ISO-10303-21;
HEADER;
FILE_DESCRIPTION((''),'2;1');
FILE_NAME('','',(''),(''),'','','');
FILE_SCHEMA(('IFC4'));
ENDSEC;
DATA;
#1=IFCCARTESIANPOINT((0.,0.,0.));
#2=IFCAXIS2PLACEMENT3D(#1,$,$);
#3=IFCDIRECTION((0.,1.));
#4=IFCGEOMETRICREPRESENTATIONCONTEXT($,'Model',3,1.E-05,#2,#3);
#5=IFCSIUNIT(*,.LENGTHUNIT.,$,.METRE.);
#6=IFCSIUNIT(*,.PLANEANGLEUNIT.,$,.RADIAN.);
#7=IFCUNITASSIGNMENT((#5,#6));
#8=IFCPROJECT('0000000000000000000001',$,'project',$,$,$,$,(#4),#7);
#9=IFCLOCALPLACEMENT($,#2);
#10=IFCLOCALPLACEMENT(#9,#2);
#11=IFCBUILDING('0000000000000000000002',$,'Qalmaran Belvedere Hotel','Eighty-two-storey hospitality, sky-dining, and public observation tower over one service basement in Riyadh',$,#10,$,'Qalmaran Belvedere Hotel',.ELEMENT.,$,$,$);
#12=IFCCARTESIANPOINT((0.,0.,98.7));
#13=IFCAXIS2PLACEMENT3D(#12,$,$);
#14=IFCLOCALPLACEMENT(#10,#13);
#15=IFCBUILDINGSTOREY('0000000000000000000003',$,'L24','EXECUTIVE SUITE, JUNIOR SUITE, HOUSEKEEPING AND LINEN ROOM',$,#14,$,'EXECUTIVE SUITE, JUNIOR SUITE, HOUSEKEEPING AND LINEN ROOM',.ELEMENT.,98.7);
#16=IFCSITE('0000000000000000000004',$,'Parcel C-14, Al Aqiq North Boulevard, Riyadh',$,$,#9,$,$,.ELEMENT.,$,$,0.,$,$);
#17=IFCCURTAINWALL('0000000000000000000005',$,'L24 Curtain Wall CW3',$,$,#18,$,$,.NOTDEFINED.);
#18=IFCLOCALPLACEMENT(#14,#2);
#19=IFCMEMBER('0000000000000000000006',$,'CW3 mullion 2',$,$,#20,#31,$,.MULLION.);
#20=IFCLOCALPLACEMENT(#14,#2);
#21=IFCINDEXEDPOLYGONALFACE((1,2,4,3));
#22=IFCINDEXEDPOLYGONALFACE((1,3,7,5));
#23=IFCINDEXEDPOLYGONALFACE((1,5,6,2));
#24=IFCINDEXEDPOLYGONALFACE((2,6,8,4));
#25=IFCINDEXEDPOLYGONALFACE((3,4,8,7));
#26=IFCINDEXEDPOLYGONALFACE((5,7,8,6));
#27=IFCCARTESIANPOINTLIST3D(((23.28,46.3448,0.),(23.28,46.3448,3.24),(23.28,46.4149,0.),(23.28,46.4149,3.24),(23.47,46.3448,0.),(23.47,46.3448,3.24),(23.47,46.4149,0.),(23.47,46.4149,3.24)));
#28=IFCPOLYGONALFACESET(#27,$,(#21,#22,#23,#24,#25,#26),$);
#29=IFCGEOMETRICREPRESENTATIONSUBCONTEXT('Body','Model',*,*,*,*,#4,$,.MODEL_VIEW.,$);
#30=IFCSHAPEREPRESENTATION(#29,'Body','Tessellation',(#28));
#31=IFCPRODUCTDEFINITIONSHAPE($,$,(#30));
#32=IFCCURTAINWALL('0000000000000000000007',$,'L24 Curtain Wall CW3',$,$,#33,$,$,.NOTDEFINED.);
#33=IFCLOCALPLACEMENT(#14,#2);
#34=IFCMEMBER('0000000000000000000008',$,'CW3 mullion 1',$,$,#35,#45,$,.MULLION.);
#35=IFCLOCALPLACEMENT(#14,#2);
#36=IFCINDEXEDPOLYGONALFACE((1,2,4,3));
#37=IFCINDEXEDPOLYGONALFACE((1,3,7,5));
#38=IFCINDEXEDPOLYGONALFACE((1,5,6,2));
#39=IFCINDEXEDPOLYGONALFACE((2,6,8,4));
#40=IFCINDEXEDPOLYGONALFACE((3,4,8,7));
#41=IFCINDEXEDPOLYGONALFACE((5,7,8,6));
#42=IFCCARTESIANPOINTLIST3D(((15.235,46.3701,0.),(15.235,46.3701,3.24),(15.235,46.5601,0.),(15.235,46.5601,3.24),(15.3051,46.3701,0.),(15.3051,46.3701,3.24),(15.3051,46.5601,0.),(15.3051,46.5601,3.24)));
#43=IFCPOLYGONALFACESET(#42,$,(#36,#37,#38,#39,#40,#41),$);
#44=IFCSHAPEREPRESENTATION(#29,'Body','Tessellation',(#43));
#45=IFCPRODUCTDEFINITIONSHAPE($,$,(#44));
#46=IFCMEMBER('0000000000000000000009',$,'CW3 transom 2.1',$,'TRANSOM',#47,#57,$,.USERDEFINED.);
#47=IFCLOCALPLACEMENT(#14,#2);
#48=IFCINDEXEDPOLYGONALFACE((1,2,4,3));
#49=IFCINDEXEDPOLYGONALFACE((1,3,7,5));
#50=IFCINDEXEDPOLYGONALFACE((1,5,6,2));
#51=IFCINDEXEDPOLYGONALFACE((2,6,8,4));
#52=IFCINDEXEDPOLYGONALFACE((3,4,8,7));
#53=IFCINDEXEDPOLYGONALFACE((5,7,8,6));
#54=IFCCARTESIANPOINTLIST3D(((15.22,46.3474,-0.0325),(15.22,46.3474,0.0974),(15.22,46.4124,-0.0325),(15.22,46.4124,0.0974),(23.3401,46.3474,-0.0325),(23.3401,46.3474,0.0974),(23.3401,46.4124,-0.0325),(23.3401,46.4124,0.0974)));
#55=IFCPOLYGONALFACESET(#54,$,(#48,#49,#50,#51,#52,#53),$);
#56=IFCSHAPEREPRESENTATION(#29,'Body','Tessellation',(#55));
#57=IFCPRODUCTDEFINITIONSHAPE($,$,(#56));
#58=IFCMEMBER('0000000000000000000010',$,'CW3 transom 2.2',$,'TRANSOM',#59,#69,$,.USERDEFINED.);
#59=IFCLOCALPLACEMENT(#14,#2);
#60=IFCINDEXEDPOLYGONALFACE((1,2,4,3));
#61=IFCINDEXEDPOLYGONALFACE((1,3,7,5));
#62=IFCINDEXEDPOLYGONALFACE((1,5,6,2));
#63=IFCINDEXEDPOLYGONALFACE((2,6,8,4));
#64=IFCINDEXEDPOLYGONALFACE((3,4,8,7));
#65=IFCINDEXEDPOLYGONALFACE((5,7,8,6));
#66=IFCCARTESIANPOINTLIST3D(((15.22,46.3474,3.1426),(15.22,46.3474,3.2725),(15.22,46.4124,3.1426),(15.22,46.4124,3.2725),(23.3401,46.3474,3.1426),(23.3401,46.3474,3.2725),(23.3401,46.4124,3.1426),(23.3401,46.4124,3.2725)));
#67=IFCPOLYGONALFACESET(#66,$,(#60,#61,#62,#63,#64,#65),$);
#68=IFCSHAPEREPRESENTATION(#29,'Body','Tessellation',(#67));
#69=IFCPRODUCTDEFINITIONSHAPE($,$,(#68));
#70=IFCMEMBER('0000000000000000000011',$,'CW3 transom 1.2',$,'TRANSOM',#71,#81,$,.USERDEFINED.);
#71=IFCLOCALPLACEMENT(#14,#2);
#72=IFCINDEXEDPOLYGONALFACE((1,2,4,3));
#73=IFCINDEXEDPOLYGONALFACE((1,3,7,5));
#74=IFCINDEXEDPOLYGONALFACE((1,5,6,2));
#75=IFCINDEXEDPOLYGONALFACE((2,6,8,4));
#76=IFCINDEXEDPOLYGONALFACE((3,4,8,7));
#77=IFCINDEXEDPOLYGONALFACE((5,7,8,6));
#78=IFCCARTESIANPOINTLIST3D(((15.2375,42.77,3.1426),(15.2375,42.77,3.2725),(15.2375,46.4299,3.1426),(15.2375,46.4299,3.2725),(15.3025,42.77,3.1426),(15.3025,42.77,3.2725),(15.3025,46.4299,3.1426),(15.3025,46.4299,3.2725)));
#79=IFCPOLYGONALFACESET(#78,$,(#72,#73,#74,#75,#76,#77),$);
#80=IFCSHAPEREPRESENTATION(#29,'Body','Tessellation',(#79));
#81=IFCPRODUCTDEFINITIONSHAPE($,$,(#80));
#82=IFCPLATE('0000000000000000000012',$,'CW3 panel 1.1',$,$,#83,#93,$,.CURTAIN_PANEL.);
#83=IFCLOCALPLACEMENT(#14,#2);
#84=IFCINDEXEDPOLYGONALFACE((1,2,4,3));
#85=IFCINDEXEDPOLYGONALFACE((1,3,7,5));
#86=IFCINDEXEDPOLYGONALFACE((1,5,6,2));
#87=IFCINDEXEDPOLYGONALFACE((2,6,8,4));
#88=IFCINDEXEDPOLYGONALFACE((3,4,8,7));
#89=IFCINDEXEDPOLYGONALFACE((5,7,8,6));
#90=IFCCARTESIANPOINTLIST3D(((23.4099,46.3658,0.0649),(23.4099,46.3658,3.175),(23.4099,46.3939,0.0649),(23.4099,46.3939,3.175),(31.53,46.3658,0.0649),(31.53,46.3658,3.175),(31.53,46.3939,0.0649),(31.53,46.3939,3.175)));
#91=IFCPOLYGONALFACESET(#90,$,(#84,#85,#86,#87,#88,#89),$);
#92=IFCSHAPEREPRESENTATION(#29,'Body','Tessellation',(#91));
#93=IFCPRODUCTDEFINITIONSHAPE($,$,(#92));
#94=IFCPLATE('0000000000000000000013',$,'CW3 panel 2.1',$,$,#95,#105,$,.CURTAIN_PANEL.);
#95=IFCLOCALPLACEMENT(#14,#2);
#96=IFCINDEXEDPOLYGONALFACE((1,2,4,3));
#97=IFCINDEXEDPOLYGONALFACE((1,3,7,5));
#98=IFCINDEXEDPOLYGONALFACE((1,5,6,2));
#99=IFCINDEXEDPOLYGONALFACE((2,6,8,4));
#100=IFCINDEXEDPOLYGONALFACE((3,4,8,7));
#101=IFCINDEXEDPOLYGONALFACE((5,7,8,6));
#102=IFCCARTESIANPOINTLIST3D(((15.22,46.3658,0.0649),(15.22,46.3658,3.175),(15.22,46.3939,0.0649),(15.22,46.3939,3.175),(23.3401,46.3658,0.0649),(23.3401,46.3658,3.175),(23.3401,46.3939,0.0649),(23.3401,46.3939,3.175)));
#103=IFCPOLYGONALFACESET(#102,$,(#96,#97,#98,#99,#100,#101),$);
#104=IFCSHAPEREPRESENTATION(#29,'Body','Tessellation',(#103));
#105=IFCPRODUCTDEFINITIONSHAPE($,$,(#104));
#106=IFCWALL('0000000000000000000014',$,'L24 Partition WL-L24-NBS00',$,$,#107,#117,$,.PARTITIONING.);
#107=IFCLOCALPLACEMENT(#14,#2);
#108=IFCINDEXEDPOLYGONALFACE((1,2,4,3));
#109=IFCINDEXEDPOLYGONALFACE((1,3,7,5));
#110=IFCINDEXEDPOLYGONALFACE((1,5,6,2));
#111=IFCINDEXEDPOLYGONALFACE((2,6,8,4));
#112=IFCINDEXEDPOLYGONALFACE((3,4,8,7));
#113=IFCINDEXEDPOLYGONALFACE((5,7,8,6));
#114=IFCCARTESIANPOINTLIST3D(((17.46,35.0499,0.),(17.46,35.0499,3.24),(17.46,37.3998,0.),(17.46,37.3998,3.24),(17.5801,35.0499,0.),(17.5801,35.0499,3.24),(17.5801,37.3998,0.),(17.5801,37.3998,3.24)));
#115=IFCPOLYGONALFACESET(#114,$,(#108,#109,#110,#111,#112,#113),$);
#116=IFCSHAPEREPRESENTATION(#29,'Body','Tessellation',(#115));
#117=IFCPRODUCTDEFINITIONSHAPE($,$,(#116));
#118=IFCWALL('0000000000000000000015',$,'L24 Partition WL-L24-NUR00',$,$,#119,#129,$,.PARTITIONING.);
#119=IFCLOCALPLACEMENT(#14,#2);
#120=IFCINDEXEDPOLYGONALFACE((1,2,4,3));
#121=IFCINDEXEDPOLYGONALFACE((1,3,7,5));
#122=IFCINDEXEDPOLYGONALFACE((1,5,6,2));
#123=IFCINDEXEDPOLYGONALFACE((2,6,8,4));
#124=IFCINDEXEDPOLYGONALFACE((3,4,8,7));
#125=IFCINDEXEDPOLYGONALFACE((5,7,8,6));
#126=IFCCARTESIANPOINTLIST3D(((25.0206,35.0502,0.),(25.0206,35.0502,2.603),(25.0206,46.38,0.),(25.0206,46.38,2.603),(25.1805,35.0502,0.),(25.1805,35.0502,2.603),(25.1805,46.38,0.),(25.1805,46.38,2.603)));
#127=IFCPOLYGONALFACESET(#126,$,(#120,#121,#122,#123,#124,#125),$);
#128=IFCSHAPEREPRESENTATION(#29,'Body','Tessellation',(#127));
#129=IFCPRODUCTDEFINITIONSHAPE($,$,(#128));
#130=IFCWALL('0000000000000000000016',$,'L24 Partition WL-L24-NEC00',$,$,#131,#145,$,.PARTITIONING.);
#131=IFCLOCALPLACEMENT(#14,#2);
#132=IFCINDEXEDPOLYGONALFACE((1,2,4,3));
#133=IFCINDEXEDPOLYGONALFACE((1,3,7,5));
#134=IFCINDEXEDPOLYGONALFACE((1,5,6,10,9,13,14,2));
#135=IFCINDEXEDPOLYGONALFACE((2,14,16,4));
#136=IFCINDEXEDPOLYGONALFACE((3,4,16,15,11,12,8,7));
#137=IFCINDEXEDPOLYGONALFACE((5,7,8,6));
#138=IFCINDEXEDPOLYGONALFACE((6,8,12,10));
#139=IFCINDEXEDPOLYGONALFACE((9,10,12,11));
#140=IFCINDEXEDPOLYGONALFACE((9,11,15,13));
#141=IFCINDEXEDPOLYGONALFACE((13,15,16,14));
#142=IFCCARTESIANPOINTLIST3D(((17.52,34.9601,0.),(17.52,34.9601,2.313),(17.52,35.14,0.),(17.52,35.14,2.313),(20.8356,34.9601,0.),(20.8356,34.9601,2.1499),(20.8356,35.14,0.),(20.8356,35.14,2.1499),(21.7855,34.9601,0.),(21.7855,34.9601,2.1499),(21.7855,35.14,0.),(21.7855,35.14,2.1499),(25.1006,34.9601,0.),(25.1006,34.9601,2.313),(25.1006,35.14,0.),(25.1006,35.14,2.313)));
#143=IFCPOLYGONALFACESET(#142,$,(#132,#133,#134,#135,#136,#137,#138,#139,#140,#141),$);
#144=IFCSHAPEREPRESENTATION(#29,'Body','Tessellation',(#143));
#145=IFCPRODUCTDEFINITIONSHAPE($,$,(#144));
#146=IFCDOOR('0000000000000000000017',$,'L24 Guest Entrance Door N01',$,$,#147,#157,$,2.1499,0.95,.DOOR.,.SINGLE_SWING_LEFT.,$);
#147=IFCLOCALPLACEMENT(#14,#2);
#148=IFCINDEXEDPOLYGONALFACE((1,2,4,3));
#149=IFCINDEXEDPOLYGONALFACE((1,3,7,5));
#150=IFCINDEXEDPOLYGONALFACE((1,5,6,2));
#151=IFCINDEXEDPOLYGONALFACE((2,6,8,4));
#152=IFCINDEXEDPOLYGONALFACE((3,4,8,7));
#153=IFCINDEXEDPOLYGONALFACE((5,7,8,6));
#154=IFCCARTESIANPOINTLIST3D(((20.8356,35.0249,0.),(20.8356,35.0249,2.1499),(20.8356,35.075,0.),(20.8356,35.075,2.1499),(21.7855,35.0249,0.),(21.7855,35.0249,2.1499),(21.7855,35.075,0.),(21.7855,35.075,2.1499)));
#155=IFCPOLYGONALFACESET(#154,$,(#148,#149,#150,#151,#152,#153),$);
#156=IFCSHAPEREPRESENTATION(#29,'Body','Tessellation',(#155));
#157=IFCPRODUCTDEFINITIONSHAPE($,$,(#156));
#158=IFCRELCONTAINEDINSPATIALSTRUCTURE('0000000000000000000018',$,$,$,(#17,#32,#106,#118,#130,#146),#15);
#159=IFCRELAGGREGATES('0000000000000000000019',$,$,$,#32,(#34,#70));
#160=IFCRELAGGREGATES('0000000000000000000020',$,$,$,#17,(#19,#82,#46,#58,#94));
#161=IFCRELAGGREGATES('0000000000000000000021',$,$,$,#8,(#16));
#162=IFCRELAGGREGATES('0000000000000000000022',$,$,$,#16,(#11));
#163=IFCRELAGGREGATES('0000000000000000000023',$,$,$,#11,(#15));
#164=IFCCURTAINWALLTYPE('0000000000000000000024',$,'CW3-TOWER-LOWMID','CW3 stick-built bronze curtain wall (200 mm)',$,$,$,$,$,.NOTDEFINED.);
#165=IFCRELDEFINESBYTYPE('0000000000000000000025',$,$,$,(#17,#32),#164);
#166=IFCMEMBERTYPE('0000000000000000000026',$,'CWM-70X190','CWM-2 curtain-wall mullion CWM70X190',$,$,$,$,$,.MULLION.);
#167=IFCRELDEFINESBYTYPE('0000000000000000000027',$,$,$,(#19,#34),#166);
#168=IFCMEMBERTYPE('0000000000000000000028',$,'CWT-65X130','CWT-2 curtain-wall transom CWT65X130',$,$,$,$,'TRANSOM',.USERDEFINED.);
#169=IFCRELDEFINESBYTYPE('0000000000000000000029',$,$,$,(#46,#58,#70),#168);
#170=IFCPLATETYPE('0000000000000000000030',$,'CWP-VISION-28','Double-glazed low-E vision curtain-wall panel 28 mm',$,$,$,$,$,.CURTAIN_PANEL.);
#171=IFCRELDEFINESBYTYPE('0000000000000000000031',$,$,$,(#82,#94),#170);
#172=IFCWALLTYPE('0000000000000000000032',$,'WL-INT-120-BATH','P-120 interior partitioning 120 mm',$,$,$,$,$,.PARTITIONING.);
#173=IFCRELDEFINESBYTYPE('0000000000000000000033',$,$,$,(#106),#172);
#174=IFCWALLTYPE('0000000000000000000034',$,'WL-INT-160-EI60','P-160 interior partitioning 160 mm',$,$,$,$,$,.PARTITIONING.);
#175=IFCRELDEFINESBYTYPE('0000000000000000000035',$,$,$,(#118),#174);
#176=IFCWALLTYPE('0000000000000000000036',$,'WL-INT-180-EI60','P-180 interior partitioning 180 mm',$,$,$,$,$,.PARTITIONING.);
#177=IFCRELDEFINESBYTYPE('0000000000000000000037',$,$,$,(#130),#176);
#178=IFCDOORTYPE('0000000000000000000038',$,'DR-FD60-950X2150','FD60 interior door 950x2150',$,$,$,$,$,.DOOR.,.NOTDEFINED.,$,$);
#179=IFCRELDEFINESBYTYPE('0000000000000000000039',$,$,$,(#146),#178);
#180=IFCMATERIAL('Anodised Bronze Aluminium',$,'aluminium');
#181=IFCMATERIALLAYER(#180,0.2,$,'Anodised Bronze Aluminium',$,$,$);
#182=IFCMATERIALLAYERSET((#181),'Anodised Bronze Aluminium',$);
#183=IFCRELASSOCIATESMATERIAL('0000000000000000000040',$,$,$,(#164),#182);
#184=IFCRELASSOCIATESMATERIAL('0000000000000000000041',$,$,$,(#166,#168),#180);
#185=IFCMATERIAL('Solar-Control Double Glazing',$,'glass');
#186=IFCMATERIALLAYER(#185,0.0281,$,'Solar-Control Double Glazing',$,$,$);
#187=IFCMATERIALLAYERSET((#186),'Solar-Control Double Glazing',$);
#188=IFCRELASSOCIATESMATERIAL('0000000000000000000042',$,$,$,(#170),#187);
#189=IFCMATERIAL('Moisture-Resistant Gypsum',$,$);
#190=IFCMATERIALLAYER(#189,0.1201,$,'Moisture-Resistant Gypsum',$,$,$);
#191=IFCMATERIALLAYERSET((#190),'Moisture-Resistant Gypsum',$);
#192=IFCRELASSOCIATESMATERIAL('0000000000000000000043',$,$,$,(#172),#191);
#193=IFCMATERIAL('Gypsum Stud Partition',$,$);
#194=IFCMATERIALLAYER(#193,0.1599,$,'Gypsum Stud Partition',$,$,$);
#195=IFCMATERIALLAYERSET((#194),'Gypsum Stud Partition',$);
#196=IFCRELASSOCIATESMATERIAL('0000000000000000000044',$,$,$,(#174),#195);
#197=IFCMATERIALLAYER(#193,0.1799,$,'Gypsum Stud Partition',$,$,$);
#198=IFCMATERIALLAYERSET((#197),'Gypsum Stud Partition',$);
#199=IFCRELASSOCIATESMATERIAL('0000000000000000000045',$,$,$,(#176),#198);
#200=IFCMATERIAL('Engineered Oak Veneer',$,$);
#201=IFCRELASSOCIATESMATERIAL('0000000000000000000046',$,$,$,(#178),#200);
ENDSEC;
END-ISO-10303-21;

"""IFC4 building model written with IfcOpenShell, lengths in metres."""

from ifc_helpers import new_model, si_unit, direction, frame, frame_2d, origin, origin_2d, place, context, subcontext, project, spatial, rectangle, extrude, material, layer, layer_set, material_profile, profile_set, type_object, element, fill, aggregate, save


model = new_model("IFC4")

# Units and contexts
model_context = context("Model", 3, precision=1e-05, world=origin(), true_north=direction((0.0, 1.0)))
body_context = subcontext(model_context, "Body", "Model", "MODEL_VIEW")
ifc_project = project(units=[si_unit("LENGTHUNIT", "METRE"), si_unit("PLANEANGLEUNIT", "RADIAN")], contexts=[model_context])

# Site, building, storey
site_placement = place(None, origin())
site = spatial("IfcSite", under=ifc_project, at=site_placement, Name="Parcel C-14, Al Aqiq North Boulevard, Riyadh", CompositionType="ELEMENT", RefElevation=0.0)
building_placement = place(site_placement, origin())
building = spatial("IfcBuilding", under=site, at=building_placement, Name="Qalmaran Belvedere Hotel", Description="Eighty-two-storey hospitality, sky-dining, and public observation tower over one service basement in Riyadh", LongName="Qalmaran Belvedere Hotel", CompositionType="ELEMENT")
storey_placement = place(building_placement, frame((0.0, 0.0, 98.7)))
storey = spatial("IfcBuildingStorey", under=building, at=storey_placement, Name="L24", Description="EXECUTIVE SUITE, JUNIOR SUITE, HOUSEKEEPING AND LINEN ROOM", LongName="EXECUTIVE SUITE, JUNIOR SUITE, HOUSEKEEPING AND LINEN ROOM", CompositionType="ELEMENT", Elevation=98.7)

# Curtain walls, members
ifc_material_1 = material(Name="Anodised Bronze Aluminium", Category="aluminium")
ifc_layer_1 = layer(ifc_material_1, 0.2, Name="Anodised Bronze Aluminium")
ifc_layer_set_1 = layer_set([ifc_layer_1], Name="Anodised Bronze Aluminium")
curtain_wall_type = type_object("IfcCurtainWallType", Name="CW3-TOWER-LOWMID", Description="CW3 stick-built bronze curtain wall (200 mm)", PredefinedType="NOTDEFINED", material=ifc_layer_set_1)
curtain_wall_1_placement = place(storey_placement, origin())
curtain_wall_1 = element("IfcCurtainWall", 1, at=curtain_wall_1_placement, inside=storey, type_object=curtain_wall_type, Name="L24 Curtain Wall CW3", PredefinedType="NOTDEFINED")
ifc_material_profile_1 = material_profile(ifc_material_1, rectangle(XDim=0.0701, YDim=0.1899, at=origin_2d()), Name="CWM70X190")
ifc_profile_set_1 = profile_set([ifc_material_profile_1], Name="Anodised Bronze Aluminium")
member_type_1 = type_object("IfcMemberType", Name="CWM-70X190", Description="CWM-2 curtain-wall mullion CWM70X190", PredefinedType="MULLION", material=ifc_profile_set_1)
member_1_placement = place(storey_placement, frame((23.375, 46.3799, 0.0), z_axis=(0.0, 0.0, 1.0), x_axis=(0.0, -1.0, 0.0)))
member_1 = element("IfcMember", 2, at=member_1_placement, type_object=member_type_1, Name="CW3 mullion 2", PredefinedType="MULLION", context=body_context, shape_type="SweptSolid", body=[
    extrude(rectangle(XDim=0.0701, YDim=0.1899, at=origin_2d()), origin(), (0.0, 0.0, 1.0), 3.24),
])
curtain_wall_2_placement = place(storey_placement, origin())
curtain_wall_2 = element("IfcCurtainWall", 3, at=curtain_wall_2_placement, inside=storey, type_object=curtain_wall_type, Name="L24 Curtain Wall CW3", PredefinedType="NOTDEFINED")
member_2_placement = place(storey_placement, frame((15.27, 46.4651, 0.0), z_axis=(0.0, 0.0, 1.0), x_axis=(1.0, 0.0, 0.0)))
member_2 = element("IfcMember", 4, at=member_2_placement, type_object=member_type_1, Name="CW3 mullion 1", PredefinedType="MULLION", context=body_context, shape_type="SweptSolid", body=[
    extrude(rectangle(XDim=0.0701, YDim=0.1899, at=origin_2d()), origin(), (0.0, 0.0, 1.0), 3.24),
])

# Members
ifc_material_profile_2 = material_profile(ifc_material_1, rectangle(XDim=0.0649, YDim=0.1299, at=origin_2d()), Name="CWT65X130")
ifc_profile_set_2 = profile_set([ifc_material_profile_2], Name="Anodised Bronze Aluminium")
member_type_2 = type_object("IfcMemberType", Name="CWT-65X130", Description="CWT-2 curtain-wall transom CWT65X130", ElementType="TRANSOM", PredefinedType="USERDEFINED", material=ifc_profile_set_2)
member_3_placement = place(storey_placement, frame((23.3401, 46.3799, 0.0325), z_axis=(-1.0, 0.0, 0.0), x_axis=(0.0, -1.0, 0.0)))
member_3 = element("IfcMember", 5, at=member_3_placement, type_object=member_type_2, Name="CW3 transom 2.1", ObjectType="TRANSOM", PredefinedType="USERDEFINED", context=body_context, shape_type="SweptSolid", body=[
    extrude(rectangle(XDim=0.0649, YDim=0.1299, at=origin_2d()), origin(), (0.0, 0.0, 1.0), 8.1201),
])
member_4_placement = place(storey_placement, frame((23.3401, 46.3799, 3.2075), z_axis=(-1.0, 0.0, 0.0), x_axis=(0.0, -1.0, 0.0)))
member_4 = element("IfcMember", 6, at=member_4_placement, type_object=member_type_2, Name="CW3 transom 2.2", ObjectType="TRANSOM", PredefinedType="USERDEFINED", context=body_context, shape_type="SweptSolid", body=[
    extrude(rectangle(XDim=0.0649, YDim=0.1299, at=origin_2d()), origin(), (0.0, 0.0, 1.0), 8.1201),
])
member_5_placement = place(storey_placement, frame((15.27, 46.4299, 3.2075), z_axis=(0.0, -1.0, 0.0), x_axis=(1.0, 0.0, 0.0)))
member_5 = element("IfcMember", 7, at=member_5_placement, type_object=member_type_2, Name="CW3 transom 1.2", ObjectType="TRANSOM", PredefinedType="USERDEFINED", context=body_context, shape_type="SweptSolid", body=[
    extrude(rectangle(XDim=0.0649, YDim=0.1299, at=origin_2d()), origin(), (0.0, 0.0, 1.0), 3.6599),
])
aggregate(curtain_wall_2, [member_2, member_5])

# Plates
ifc_material_2 = material(Name="Solar-Control Double Glazing", Category="glass")
ifc_layer_2 = layer(ifc_material_2, 0.0281, Name="Solar-Control Double Glazing")
ifc_layer_set_2 = layer_set([ifc_layer_2], Name="Solar-Control Double Glazing")
plate_type = type_object("IfcPlateType", Name="CWP-VISION-28", Description="Double-glazed low-E vision curtain-wall panel 28 mm", PredefinedType="CURTAIN_PANEL", material=ifc_layer_set_2)
plate_1_placement = place(storey_placement, frame((27.47, 46.3799, 0.0649), z_axis=(0.0, 0.0, 1.0), x_axis=(-1.0, 0.0, 0.0)))
plate_1 = element("IfcPlate", 8, at=plate_1_placement, type_object=plate_type, Name="CW3 panel 1.1", PredefinedType="CURTAIN_PANEL", context=body_context, shape_type="SweptSolid", body=[
    extrude(rectangle(XDim=8.1201, YDim=0.0281, at=origin_2d()), origin(), (0.0, 0.0, 1.0), 3.1101),
])
plate_2_placement = place(storey_placement, frame((19.28, 46.3799, 0.0649), z_axis=(0.0, 0.0, 1.0), x_axis=(-1.0, 0.0, 0.0)))
plate_2 = element("IfcPlate", 9, at=plate_2_placement, type_object=plate_type, Name="CW3 panel 2.1", PredefinedType="CURTAIN_PANEL", context=body_context, shape_type="SweptSolid", body=[
    extrude(rectangle(XDim=8.1201, YDim=0.0281, at=origin_2d()), origin(), (0.0, 0.0, 1.0), 3.1101),
])
aggregate(curtain_wall_1, [member_1, plate_1, member_3, member_4, plate_2])

# Walls
ifc_material_3 = material(Name="Moisture-Resistant Gypsum")
ifc_layer_3 = layer(ifc_material_3, 0.1201, Name="Moisture-Resistant Gypsum")
ifc_layer_set_3 = layer_set([ifc_layer_3], Name="Moisture-Resistant Gypsum")
wall_type_1 = type_object("IfcWallType", Name="WL-INT-120-BATH", Description="P-120 interior partitioning 120 mm", PredefinedType="PARTITIONING", material=ifc_layer_set_3)
wall_1_placement = place(storey_placement, frame((17.52, 35.05, 0.0), z_axis=(0.0, 0.0, 1.0), x_axis=(0.0, 1.0, 0.0)))
element("IfcWall", 10, at=wall_1_placement, inside=storey, type_object=wall_type_1, Name="L24 Partition WL-L24-NBS00", PredefinedType="PARTITIONING", context=body_context, shape_type="SweptSolid", body=[
    extrude(rectangle(XDim=2.3499, YDim=0.1201, at=frame_2d((1.1748, 0.0))), origin(), (0.0, 0.0, 1.0), 3.24),
])
ifc_material_4 = material(Name="Gypsum Stud Partition")
ifc_layer_4 = layer(ifc_material_4, 0.1599, Name="Gypsum Stud Partition")
ifc_layer_set_4 = layer_set([ifc_layer_4], Name="Gypsum Stud Partition")
wall_type_2 = type_object("IfcWallType", Name="WL-INT-160-EI60", Description="P-160 interior partitioning 160 mm", PredefinedType="PARTITIONING", material=ifc_layer_set_4)
wall_2_placement = place(storey_placement, frame((25.1006, 35.05, 0.0), z_axis=(0.0, 0.0, 1.0), x_axis=(0.0, 1.0, 0.0)))
element("IfcWall", 11, at=wall_2_placement, inside=storey, type_object=wall_type_2, Name="L24 Partition WL-L24-NUR00", PredefinedType="PARTITIONING", context=body_context, shape_type="SweptSolid", body=[
    extrude(rectangle(XDim=11.3298, YDim=0.1599, at=frame_2d((5.665, 0.0))), origin(), (0.0, 0.0, 1.0), 2.603),
])

# Wall, opening, door
ifc_layer_5 = layer(ifc_material_4, 0.1799, Name="Gypsum Stud Partition")
ifc_layer_set_5 = layer_set([ifc_layer_5], Name="Gypsum Stud Partition")
wall_type_3 = type_object("IfcWallType", Name="WL-INT-180-EI60", Description="P-180 interior partitioning 180 mm", PredefinedType="PARTITIONING", material=ifc_layer_set_5)
wall_3_placement = place(storey_placement, frame((17.52, 35.05, 0.0), z_axis=(0.0, 0.0, 1.0), x_axis=(1.0, 0.0, 0.0)))
wall_3 = element("IfcWall", 12, at=wall_3_placement, inside=storey, type_object=wall_type_3, Name="L24 Partition WL-L24-NEC00", PredefinedType="PARTITIONING", context=body_context, shape_type="SweptSolid", body=[
    extrude(rectangle(XDim=7.5806, YDim=0.1799, at=frame_2d((3.7903, 0.0))), origin(), (0.0, 0.0, 1.0), 2.313),
])
opening_1_placement = place(wall_3_placement, frame((3.3154, 0.0, 0.0)))
opening_1 = element("IfcOpeningElement", 13, at=opening_1_placement, cuts=wall_3, PredefinedType="OPENING", context=body_context, shape_type="SweptSolid", body=[
    extrude(rectangle(XDim=0.95, YDim=2.1499, at=frame_2d((0.4751, 1.075))), frame((0.0, 0.1001, 0.0), z_axis=(0.0, -1.0, 0.0), x_axis=(1.0, 0.0, 0.0)), (0.0, 0.0, 1.0), 0.2),
])
ifc_material_5 = material(Name="Engineered Oak Veneer")
door_type = type_object("IfcDoorType", Name="DR-FD60-950X2150", Description="FD60 interior door 950x2150", OperationType="NOTDEFINED", PredefinedType="DOOR", material=ifc_material_5)
door_1_placement = place(opening_1_placement, origin())
door_1 = element("IfcDoor", 14, at=door_1_placement, inside=storey, type_object=door_type, Name="L24 Guest Entrance Door N01", OperationType="SINGLE_SWING_LEFT", OverallHeight=2.1499, OverallWidth=0.95, PredefinedType="DOOR", context=body_context, shape_type="SweptSolid", body=[
    extrude(rectangle(XDim=0.95, YDim=2.1499, at=frame_2d((0.4751, 1.075))), frame((0.0, 0.0249, 0.0), z_axis=(0.0, -1.0, 0.0), x_axis=(1.0, 0.0, 0.0)), (0.0, 0.0, 1.0), 0.05),
])
fill(opening_1, door_1)

save(model, "model.ifc")
